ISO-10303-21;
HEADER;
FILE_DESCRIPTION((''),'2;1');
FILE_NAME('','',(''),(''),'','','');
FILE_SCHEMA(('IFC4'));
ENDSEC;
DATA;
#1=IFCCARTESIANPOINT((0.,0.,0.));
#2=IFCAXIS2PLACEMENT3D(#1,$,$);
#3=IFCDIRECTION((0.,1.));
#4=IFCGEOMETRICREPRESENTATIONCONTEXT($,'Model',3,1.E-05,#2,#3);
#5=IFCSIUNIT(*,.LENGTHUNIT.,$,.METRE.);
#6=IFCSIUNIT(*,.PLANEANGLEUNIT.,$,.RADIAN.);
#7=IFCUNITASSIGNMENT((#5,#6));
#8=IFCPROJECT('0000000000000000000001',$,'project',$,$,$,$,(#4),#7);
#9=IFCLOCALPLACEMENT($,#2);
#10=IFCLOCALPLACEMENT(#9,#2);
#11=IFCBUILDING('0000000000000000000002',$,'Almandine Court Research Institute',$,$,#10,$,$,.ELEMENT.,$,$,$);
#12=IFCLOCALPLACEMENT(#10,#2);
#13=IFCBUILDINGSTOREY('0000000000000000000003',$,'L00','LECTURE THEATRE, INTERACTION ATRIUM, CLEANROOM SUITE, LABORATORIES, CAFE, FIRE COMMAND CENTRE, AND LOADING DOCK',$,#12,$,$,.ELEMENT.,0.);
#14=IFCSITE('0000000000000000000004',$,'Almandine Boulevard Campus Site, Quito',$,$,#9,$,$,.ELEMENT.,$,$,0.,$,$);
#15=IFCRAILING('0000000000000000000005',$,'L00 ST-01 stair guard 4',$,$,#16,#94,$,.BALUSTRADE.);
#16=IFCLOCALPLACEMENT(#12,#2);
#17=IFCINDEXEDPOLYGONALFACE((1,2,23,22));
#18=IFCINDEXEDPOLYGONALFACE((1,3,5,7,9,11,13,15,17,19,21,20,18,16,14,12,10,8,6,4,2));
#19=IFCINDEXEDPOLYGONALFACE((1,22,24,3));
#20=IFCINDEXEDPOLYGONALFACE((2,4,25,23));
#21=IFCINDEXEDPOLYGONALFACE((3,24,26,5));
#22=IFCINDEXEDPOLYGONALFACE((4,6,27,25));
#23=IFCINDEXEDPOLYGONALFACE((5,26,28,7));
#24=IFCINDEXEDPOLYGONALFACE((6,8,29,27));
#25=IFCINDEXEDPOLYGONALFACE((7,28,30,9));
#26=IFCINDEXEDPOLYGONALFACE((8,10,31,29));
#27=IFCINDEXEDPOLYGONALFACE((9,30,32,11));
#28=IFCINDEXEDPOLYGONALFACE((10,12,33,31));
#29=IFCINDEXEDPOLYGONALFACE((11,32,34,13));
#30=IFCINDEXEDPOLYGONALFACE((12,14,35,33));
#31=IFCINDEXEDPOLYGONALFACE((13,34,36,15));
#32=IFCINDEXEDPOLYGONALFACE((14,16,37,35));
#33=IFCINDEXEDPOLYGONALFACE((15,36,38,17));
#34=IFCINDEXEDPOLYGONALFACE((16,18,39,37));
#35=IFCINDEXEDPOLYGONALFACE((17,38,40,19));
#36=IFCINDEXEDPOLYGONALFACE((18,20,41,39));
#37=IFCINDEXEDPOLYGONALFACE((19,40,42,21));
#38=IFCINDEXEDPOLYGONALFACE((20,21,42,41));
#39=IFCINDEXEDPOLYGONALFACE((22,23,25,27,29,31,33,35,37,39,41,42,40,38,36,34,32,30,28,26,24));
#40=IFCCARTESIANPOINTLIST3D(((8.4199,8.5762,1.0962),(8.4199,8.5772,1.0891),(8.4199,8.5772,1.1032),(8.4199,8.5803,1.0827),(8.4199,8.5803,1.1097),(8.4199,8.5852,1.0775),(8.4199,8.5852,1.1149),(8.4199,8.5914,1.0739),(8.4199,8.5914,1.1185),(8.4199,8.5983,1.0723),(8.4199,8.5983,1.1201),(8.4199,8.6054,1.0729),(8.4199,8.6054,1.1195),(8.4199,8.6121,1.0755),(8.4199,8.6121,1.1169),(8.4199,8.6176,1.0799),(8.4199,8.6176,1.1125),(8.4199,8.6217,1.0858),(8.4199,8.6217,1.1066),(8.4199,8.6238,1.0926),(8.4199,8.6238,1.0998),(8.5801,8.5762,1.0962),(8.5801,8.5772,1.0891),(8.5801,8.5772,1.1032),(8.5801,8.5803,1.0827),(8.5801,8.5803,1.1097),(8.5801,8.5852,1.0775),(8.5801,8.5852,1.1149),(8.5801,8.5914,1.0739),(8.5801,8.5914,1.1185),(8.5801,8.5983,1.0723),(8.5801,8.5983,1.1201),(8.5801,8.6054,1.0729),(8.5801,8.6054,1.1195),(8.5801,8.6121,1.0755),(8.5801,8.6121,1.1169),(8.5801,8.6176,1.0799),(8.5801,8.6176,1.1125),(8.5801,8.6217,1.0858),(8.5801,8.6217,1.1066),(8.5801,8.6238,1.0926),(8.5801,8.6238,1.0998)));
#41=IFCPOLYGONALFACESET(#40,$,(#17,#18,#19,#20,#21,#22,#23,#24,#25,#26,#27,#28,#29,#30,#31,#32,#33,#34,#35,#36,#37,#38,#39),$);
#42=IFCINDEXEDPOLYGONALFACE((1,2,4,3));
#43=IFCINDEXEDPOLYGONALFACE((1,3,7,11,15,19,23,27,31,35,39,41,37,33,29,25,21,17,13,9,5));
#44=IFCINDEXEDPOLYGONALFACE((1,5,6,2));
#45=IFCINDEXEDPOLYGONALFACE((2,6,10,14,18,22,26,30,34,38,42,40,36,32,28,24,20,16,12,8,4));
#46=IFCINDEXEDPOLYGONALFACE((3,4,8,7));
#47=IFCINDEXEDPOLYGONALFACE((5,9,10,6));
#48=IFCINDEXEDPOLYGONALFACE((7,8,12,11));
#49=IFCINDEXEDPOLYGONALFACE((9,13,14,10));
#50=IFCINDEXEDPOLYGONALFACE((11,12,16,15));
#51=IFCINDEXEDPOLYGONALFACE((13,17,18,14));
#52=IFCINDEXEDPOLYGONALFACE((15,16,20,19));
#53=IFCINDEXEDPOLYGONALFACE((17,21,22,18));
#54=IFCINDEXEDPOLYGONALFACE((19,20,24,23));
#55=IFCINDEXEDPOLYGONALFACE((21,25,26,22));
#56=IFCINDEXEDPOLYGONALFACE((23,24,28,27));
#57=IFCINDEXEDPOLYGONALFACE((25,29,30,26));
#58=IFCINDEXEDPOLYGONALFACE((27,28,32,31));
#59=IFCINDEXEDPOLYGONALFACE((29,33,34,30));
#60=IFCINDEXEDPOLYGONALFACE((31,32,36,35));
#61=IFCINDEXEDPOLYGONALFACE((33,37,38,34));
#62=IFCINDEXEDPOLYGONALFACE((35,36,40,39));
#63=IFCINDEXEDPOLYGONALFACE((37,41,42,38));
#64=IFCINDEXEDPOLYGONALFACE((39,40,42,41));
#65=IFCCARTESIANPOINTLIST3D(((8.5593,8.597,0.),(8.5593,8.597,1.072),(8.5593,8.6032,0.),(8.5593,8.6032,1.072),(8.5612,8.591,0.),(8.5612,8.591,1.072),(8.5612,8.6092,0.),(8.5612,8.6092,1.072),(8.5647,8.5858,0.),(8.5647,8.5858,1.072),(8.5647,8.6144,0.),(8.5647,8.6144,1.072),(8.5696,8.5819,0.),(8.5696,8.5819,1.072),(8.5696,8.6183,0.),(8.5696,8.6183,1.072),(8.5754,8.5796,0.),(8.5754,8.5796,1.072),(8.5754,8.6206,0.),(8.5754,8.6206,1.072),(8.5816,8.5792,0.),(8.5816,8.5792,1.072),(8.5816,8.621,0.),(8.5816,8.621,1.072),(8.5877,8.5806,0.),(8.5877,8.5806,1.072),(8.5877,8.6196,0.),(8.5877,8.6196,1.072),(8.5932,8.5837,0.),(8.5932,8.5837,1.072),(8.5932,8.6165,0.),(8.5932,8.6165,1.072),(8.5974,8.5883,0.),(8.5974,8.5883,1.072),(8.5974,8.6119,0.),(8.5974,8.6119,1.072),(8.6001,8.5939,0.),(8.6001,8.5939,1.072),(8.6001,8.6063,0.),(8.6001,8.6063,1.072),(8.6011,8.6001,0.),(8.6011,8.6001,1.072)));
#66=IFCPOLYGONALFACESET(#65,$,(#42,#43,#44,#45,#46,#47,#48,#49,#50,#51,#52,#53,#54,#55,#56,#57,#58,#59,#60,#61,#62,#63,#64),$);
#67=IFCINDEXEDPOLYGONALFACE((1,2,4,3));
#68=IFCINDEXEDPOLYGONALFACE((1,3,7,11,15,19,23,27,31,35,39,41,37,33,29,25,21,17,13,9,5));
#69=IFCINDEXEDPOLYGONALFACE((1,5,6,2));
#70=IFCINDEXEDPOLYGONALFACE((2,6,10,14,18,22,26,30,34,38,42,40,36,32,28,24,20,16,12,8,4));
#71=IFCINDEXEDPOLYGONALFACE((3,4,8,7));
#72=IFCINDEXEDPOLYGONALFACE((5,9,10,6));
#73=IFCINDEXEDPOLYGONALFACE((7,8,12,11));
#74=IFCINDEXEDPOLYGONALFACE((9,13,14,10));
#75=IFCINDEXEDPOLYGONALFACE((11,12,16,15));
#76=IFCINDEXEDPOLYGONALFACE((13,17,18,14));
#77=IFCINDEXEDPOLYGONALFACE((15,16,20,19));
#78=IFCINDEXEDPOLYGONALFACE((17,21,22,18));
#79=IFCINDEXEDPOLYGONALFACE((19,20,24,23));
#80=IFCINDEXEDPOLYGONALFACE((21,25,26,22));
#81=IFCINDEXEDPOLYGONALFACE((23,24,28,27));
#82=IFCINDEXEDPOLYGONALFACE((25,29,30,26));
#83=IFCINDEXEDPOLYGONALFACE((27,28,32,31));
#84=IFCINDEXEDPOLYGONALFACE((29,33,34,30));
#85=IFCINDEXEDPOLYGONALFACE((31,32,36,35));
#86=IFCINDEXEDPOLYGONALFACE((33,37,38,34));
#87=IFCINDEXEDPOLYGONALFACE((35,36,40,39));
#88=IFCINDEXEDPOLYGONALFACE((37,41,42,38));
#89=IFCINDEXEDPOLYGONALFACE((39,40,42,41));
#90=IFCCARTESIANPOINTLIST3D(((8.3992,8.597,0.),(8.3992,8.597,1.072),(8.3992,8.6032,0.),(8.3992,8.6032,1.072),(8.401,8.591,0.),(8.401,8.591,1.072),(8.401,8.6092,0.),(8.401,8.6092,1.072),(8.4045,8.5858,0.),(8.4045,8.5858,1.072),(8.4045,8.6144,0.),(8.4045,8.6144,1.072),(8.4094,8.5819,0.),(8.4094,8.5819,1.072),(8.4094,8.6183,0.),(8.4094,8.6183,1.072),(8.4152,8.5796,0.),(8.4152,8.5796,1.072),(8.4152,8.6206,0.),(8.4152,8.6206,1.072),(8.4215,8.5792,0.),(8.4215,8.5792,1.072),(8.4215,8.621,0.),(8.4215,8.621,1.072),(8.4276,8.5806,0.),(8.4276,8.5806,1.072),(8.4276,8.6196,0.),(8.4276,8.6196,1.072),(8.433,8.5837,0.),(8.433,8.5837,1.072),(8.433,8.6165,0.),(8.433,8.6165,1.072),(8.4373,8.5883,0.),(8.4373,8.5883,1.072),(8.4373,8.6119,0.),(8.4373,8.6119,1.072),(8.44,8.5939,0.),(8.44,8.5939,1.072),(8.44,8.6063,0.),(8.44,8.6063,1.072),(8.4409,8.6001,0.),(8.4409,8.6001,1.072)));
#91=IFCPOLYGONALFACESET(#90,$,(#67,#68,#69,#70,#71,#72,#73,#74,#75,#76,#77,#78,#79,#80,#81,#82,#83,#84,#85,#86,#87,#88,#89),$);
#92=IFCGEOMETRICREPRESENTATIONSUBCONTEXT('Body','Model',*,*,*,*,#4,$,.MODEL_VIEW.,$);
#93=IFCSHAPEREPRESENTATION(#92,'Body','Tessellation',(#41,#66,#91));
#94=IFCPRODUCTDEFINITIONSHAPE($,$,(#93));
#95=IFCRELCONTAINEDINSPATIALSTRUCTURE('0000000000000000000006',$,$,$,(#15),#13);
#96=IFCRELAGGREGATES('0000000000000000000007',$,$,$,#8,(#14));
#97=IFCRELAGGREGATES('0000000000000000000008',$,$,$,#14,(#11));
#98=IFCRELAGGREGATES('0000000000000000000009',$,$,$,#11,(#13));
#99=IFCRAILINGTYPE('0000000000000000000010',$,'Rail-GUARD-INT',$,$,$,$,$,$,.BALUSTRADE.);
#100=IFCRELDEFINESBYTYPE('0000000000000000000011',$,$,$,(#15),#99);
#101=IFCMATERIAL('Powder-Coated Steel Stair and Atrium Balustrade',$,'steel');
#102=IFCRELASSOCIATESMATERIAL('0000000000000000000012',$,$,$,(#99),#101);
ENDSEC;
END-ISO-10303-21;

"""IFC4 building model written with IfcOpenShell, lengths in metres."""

from ifc_helpers import new_model, si_unit, direction, frame, origin, origin_2d, place, context, subcontext, project, spatial, circle, extrude, material, type_object, element, save


model = new_model("IFC4")

# Units and contexts
model_context = context("Model", 3, precision=1e-05, world=origin(), true_north=direction((0.0, 1.0)))
body_context = subcontext(model_context, "Body", "Model", "MODEL_VIEW")
ifc_project = project(units=[si_unit("LENGTHUNIT", "METRE"), si_unit("PLANEANGLEUNIT", "RADIAN")], contexts=[model_context])

# Site, building, storey
site_placement = place(None, origin())
site = spatial("IfcSite", under=ifc_project, at=site_placement, Name="Almandine Boulevard Campus Site, Quito", CompositionType="ELEMENT", RefElevation=0.0)
building_placement = place(site_placement, origin())
building = spatial("IfcBuilding", under=site, at=building_placement, Name="Almandine Court Research Institute", CompositionType="ELEMENT")
storey_placement = place(building_placement, origin())
storey = spatial("IfcBuildingStorey", under=building, at=storey_placement, Name="L00", Description="LECTURE THEATRE, INTERACTION ATRIUM, CLEANROOM SUITE, LABORATORIES, CAFE, FIRE COMMAND CENTRE, AND LOADING DOCK", CompositionType="ELEMENT", Elevation=0.0)

# Railing
ifc_material_1 = material(Name="Powder-Coated Steel Stair and Atrium Balustrade", Category="steel")
railing_type_1 = type_object("IfcRailingType", Name="Rail-GUARD-INT", PredefinedType="BALUSTRADE", material=ifc_material_1)
railing_1_placement = place(storey_placement, frame((8.5801, 8.6001, 0.0)))
element("IfcRailing", 1, at=railing_1_placement, inside=storey, type_object=railing_type_1, Name="L00 ST-01 stair guard 4", PredefinedType="BALUSTRADE", context=body_context, shape_type="SweptSolid", body=[
    extrude(circle(Radius=0.0239, at=origin_2d()), frame((0.0, 0.0, 1.0962), z_axis=(-1.0, 0.0, 0.0), x_axis=(0.0, -1.0, 0.0)), (0.0, 0.0, 1.0), 0.1602),
    extrude(circle(Radius=0.021, at=origin_2d()), origin(), (0.0, 0.0, 1.0), 1.072),
    extrude(circle(Radius=0.021, at=origin_2d()), frame((-0.1602, 0.0, 0.0)), (0.0, 0.0, 1.0), 1.072),
])

save(model, "model.ifc")
